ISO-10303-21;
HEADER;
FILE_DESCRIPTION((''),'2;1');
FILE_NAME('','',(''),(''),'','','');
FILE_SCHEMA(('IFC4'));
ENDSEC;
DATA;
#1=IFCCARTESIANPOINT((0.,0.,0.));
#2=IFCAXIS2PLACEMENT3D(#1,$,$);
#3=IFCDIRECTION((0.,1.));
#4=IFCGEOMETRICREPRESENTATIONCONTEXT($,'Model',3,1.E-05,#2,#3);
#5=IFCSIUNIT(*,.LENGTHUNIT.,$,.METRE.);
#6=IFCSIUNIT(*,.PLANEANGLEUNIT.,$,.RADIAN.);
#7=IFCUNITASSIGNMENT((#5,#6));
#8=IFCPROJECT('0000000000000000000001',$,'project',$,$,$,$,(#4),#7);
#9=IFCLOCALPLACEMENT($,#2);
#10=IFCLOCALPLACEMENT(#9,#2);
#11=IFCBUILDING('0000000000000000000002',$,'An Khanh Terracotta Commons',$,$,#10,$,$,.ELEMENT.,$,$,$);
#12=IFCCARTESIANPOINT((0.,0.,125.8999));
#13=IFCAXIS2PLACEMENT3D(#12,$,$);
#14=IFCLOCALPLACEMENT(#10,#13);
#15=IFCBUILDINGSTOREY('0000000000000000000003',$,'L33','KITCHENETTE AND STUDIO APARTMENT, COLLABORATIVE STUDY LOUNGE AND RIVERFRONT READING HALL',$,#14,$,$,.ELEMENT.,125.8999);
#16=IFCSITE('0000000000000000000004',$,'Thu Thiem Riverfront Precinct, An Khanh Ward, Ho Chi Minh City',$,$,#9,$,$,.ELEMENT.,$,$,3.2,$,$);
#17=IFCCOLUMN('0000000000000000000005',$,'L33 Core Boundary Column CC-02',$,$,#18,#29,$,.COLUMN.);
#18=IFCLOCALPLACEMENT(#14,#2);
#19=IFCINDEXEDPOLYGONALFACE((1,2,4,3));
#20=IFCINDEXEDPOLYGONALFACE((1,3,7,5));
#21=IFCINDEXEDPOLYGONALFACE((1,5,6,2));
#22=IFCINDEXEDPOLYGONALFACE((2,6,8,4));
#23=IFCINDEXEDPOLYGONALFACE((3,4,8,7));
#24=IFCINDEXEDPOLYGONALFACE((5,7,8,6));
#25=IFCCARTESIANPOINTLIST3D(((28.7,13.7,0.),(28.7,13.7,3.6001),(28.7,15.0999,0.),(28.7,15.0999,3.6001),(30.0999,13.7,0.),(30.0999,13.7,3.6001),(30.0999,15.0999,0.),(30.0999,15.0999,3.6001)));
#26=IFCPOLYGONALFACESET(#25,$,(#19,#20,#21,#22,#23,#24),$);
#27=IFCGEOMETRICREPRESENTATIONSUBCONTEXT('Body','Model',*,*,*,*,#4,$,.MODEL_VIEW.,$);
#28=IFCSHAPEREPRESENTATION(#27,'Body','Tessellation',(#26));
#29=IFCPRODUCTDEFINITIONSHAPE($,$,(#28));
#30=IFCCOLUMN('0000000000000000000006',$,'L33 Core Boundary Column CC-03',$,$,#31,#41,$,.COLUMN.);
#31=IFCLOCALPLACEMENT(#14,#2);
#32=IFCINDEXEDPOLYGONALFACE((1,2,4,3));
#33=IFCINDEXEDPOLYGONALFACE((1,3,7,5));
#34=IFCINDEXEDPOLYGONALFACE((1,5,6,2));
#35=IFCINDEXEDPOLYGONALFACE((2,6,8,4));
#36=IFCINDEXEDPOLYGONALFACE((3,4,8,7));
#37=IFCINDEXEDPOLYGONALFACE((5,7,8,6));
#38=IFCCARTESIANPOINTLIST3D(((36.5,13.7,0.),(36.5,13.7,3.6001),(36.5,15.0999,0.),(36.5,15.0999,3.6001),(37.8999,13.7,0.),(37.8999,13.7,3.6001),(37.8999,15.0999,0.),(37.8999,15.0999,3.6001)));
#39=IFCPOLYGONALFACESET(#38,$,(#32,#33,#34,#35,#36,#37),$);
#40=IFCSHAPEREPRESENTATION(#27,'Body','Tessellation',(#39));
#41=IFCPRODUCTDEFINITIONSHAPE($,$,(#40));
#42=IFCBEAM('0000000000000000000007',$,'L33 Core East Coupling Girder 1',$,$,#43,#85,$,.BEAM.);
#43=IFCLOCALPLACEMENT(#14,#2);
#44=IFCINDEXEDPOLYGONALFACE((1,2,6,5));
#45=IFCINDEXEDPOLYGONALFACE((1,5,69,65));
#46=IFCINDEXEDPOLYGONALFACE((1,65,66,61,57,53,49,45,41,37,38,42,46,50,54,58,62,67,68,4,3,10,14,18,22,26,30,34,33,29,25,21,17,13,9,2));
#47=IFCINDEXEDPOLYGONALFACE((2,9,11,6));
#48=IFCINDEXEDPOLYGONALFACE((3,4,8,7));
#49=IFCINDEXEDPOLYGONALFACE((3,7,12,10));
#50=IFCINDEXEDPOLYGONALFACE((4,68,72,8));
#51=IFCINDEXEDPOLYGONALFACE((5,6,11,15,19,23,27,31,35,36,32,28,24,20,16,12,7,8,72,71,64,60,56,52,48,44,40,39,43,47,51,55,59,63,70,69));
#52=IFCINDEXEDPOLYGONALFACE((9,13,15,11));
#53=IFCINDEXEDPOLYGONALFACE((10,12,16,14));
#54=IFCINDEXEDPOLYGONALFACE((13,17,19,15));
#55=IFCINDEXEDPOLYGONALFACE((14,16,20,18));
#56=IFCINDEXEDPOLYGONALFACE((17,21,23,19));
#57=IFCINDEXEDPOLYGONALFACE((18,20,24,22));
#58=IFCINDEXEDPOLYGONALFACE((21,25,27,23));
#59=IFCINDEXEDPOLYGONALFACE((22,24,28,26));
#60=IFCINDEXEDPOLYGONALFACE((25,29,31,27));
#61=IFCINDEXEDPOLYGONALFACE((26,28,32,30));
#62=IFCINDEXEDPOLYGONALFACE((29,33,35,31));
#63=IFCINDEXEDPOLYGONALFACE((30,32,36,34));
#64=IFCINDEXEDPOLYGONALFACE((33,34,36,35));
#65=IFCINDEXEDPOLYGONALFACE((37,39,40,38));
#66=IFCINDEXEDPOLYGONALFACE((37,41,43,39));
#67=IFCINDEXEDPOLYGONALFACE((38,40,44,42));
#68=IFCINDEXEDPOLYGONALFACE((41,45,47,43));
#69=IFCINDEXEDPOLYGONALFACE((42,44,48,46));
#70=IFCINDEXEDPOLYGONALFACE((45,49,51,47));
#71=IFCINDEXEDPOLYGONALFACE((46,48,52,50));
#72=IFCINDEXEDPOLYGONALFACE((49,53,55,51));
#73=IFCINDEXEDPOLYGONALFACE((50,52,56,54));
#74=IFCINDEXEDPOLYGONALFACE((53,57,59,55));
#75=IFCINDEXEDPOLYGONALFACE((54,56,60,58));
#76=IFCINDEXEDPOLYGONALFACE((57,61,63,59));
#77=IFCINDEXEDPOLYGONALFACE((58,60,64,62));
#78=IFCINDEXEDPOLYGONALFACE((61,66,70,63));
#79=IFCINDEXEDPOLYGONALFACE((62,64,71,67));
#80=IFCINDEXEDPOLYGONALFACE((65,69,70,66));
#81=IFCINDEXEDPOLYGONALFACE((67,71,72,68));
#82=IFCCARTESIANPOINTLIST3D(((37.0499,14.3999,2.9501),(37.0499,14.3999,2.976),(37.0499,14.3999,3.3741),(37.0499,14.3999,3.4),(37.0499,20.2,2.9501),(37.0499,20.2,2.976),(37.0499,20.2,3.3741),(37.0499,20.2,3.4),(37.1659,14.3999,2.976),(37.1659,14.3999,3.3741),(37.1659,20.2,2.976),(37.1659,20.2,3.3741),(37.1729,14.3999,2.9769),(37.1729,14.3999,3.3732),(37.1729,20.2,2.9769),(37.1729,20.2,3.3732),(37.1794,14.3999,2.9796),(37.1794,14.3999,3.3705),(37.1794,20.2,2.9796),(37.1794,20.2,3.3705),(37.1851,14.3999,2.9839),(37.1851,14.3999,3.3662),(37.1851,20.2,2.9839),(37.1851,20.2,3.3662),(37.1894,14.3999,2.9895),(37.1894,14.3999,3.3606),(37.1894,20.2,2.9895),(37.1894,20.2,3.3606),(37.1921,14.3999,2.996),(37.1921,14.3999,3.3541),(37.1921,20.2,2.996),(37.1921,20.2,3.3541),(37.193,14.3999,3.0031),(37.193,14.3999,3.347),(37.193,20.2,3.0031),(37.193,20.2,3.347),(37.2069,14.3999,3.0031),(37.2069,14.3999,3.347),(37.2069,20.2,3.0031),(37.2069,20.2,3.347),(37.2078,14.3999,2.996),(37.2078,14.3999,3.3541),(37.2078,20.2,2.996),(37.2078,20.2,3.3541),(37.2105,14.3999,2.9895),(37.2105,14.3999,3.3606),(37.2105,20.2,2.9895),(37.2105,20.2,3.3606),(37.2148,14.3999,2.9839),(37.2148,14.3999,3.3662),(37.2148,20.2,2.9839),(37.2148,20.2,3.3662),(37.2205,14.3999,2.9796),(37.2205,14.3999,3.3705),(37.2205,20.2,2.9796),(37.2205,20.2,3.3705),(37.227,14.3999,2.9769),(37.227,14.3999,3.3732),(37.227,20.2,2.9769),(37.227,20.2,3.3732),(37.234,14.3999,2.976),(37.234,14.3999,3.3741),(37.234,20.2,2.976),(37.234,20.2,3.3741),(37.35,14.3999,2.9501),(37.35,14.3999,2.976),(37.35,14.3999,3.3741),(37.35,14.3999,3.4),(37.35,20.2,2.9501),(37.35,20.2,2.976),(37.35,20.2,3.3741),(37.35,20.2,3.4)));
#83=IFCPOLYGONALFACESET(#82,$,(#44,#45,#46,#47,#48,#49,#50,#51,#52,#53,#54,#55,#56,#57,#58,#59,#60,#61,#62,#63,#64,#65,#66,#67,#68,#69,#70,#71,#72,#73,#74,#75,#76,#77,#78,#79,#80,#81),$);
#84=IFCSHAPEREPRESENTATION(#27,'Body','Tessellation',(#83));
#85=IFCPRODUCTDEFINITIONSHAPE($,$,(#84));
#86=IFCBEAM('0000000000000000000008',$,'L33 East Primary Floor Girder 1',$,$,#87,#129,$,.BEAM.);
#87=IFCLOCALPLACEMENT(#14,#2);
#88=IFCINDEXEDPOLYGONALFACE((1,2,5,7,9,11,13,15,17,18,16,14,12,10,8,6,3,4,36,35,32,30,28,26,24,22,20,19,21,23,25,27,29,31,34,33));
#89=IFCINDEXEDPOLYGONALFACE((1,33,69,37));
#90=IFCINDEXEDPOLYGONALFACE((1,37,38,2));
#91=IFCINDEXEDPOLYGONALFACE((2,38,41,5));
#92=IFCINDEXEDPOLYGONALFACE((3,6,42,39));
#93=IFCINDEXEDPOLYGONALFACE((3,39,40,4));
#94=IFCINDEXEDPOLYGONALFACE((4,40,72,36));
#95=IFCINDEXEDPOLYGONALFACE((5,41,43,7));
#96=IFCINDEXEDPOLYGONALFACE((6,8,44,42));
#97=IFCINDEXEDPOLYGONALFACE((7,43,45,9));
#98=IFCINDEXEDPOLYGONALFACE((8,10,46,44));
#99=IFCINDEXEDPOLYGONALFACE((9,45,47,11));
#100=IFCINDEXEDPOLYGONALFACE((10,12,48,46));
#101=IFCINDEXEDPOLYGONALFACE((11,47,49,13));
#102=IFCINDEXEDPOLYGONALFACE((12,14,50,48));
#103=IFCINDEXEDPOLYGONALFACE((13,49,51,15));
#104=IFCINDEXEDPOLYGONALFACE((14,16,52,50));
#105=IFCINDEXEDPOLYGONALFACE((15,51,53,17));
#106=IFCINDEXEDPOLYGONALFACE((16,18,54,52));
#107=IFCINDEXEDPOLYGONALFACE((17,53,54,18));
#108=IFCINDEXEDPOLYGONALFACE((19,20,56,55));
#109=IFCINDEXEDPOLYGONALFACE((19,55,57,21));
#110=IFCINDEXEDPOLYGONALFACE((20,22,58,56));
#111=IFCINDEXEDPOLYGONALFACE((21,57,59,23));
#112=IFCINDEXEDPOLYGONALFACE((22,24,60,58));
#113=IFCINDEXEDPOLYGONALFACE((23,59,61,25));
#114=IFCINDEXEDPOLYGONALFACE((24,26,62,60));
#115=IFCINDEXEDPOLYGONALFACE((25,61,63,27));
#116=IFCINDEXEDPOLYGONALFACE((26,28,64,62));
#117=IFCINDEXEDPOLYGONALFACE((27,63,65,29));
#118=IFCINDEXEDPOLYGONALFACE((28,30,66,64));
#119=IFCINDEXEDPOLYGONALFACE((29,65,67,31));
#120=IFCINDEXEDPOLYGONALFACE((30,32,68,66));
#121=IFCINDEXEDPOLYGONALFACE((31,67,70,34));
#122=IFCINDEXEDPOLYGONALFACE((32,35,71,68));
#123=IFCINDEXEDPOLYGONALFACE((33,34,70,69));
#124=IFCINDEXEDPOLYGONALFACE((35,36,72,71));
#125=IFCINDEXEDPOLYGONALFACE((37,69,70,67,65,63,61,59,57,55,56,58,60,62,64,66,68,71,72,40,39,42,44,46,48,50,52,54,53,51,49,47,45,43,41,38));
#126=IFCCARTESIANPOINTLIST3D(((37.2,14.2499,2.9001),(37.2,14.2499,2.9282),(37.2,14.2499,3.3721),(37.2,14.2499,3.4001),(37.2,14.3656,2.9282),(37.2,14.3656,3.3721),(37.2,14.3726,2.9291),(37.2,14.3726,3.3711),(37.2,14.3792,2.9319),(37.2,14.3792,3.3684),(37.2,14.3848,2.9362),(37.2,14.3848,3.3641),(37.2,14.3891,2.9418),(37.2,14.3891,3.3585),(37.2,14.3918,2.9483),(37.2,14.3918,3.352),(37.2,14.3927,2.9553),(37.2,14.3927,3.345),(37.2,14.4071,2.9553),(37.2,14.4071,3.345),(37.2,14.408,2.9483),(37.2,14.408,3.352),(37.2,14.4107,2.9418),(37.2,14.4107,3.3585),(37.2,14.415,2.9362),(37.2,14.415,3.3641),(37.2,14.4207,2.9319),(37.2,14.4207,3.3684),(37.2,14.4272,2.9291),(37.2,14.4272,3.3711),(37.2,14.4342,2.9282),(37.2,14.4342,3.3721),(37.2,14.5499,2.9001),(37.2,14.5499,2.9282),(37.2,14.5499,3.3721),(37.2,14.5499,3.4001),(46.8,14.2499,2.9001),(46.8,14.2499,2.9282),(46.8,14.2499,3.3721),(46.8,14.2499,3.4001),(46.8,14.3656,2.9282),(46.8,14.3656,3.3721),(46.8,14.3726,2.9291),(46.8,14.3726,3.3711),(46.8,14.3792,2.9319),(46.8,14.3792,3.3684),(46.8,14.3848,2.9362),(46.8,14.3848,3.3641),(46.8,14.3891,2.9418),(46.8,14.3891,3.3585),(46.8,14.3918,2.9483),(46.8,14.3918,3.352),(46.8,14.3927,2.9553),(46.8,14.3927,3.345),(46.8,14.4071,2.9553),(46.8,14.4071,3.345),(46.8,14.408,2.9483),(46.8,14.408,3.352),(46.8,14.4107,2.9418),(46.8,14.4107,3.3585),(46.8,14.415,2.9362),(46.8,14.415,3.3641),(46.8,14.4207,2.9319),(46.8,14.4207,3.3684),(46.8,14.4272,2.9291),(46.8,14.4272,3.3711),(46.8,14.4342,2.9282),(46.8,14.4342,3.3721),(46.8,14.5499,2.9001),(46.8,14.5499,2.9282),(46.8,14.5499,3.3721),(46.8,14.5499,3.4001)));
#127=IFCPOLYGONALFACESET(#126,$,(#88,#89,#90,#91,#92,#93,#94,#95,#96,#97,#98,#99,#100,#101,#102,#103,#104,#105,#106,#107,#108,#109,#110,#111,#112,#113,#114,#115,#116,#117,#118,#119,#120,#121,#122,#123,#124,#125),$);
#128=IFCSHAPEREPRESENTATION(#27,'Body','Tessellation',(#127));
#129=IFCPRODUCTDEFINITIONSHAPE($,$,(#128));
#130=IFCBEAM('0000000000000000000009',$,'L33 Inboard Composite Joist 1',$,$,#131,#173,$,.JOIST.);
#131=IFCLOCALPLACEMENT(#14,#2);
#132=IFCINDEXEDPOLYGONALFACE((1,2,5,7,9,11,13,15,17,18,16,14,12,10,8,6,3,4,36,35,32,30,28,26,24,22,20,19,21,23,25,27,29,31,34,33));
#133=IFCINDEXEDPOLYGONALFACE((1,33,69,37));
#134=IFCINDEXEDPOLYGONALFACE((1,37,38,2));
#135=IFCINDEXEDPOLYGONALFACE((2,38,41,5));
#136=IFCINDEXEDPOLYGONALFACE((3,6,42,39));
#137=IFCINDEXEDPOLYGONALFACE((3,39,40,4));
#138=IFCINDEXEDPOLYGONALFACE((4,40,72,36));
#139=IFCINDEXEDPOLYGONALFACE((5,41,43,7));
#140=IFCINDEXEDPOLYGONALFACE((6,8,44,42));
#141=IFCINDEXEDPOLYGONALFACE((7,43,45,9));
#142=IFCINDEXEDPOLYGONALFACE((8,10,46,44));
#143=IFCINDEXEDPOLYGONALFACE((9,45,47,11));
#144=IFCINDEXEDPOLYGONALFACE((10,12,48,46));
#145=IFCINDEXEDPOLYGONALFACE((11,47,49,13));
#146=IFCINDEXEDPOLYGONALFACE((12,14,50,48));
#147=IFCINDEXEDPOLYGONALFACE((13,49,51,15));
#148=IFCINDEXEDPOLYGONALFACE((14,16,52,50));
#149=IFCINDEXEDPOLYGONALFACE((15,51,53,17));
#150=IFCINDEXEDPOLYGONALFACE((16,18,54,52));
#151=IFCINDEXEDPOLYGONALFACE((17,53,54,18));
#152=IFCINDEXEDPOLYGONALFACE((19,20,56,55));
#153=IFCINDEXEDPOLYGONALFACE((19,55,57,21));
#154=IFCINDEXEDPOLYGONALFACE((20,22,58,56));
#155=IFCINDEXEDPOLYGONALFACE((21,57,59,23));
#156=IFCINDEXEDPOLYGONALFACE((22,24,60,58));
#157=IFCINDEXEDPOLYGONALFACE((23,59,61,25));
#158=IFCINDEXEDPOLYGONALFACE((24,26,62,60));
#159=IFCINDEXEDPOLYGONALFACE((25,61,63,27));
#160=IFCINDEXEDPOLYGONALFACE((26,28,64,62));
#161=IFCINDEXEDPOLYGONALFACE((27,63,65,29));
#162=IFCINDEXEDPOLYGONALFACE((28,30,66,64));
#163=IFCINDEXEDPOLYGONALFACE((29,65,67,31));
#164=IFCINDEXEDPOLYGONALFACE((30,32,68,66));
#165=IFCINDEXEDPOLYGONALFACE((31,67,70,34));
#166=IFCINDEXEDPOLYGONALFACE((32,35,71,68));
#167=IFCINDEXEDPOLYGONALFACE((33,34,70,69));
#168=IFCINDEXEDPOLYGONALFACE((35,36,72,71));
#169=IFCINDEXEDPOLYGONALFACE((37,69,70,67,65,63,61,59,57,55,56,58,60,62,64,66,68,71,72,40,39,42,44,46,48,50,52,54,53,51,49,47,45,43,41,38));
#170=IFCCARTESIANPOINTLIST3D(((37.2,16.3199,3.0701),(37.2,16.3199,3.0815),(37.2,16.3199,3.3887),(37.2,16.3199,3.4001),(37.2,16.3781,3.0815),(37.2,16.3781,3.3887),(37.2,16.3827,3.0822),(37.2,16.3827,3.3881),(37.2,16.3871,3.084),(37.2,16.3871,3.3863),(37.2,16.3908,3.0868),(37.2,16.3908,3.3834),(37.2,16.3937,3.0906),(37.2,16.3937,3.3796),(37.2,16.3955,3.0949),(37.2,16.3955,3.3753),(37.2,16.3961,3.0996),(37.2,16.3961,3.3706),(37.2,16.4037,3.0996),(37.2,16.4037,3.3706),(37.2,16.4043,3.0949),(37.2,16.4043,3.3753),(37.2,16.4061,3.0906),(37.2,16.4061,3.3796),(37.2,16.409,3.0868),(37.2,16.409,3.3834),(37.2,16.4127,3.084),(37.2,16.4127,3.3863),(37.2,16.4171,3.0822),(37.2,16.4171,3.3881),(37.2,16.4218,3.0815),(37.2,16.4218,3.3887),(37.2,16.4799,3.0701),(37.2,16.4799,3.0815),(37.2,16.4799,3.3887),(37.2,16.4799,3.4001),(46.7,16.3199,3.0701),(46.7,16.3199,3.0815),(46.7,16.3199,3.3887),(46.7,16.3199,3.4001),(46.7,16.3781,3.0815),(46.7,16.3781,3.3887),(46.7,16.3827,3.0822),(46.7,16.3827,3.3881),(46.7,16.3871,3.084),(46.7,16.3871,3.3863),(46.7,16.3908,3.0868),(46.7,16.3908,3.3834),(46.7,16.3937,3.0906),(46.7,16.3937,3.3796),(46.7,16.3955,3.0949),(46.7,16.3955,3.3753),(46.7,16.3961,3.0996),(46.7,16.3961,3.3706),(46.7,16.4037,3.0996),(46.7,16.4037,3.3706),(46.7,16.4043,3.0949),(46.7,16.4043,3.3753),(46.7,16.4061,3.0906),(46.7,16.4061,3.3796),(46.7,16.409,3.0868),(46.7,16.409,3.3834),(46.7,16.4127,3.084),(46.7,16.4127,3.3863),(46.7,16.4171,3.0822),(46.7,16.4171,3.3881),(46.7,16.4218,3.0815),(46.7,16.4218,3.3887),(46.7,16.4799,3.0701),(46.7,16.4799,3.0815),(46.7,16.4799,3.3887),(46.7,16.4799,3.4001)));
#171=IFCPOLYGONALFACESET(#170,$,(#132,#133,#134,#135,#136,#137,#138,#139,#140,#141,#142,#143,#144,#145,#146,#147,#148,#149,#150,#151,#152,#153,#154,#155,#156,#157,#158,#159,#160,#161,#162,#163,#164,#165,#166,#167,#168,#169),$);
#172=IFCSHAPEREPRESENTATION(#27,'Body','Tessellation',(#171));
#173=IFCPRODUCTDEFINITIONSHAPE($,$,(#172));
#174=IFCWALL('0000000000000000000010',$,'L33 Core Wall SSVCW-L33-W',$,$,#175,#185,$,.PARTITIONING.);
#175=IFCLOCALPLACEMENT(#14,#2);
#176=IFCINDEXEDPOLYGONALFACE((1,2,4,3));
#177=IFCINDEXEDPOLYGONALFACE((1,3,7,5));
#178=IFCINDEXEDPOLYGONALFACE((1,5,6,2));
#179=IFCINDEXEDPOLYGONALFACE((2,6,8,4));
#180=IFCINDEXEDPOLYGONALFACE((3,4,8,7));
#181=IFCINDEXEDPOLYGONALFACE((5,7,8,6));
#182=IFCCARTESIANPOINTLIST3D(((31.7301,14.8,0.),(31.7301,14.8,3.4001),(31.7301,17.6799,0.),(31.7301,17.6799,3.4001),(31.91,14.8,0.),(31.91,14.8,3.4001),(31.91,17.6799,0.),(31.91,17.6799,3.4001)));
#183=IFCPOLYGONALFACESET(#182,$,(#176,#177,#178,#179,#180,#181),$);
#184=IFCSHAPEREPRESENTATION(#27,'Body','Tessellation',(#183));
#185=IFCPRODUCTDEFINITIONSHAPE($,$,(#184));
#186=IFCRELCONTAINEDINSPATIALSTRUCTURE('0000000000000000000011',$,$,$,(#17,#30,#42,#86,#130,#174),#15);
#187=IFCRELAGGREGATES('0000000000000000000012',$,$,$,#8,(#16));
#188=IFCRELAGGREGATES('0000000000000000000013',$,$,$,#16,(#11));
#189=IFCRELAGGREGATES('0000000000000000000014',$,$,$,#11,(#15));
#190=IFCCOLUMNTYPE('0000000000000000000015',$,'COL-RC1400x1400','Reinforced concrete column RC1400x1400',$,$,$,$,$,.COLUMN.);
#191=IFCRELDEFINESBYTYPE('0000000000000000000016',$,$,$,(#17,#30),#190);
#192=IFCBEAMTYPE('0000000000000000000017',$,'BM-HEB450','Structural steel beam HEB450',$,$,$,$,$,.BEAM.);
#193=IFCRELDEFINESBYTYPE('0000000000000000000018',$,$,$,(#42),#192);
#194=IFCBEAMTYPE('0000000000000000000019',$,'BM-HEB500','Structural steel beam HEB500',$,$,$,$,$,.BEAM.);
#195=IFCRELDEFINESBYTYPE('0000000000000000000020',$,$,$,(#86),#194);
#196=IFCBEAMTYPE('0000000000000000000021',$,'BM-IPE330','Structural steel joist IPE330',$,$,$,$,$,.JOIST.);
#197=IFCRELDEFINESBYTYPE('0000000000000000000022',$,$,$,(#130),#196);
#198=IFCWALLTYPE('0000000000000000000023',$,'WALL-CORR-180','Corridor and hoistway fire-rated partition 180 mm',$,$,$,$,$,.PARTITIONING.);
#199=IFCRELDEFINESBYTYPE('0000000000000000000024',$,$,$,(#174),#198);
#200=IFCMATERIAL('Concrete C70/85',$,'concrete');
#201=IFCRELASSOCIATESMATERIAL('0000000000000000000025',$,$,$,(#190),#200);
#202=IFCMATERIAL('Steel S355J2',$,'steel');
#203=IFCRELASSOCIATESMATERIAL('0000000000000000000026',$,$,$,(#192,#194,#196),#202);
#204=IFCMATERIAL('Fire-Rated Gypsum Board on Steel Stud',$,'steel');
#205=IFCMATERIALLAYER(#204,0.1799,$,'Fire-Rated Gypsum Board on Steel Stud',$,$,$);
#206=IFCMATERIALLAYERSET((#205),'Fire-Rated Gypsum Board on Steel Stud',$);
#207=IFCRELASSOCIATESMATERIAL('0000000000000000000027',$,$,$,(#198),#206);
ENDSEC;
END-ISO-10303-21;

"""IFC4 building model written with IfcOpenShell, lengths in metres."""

from ifc_helpers import new_model, si_unit, direction, frame, frame_2d, origin, origin_2d, place, context, subcontext, project, spatial, rectangle, i_section, extrude, material, layer, layer_set, material_profile, profile_set, type_object, element, save


model = new_model("IFC4")

# Units and contexts
model_context = context("Model", 3, precision=1e-05, world=origin(), true_north=direction((0.0, 1.0)))
body_context = subcontext(model_context, "Body", "Model", "MODEL_VIEW")
ifc_project = project(units=[si_unit("LENGTHUNIT", "METRE"), si_unit("PLANEANGLEUNIT", "RADIAN")], contexts=[model_context])

# Site, building, storey
site_placement = place(None, origin())
site = spatial("IfcSite", under=ifc_project, at=site_placement, Name="Thu Thiem Riverfront Precinct, An Khanh Ward, Ho Chi Minh City", CompositionType="ELEMENT", RefElevation=3.2)
building_placement = place(site_placement, origin())
building = spatial("IfcBuilding", under=site, at=building_placement, Name="An Khanh Terracotta Commons", CompositionType="ELEMENT")
storey_placement = place(building_placement, frame((0.0, 0.0, 125.8999)))
storey = spatial("IfcBuildingStorey", under=building, at=storey_placement, Name="L33", Description="KITCHENETTE AND STUDIO APARTMENT, COLLABORATIVE STUDY LOUNGE AND RIVERFRONT READING HALL", CompositionType="ELEMENT", Elevation=125.8999)

# Columns
ifc_material_1 = material(Name="Concrete C70/85", Category="concrete")
ifc_material_profile_1 = material_profile(ifc_material_1, rectangle(XDim=1.3999, YDim=1.3999, at=origin_2d()), Name="RC1400x1400")
ifc_profile_set_1 = profile_set([ifc_material_profile_1], Name="Concrete C70/85")
column_type = type_object("IfcColumnType", Name="COL-RC1400x1400", Description="Reinforced concrete column RC1400x1400", PredefinedType="COLUMN", material=ifc_profile_set_1)
for number, where, z_axis, x_axis, name in (
    (1, (29.3999, 14.3999, 0.0), (0.0, 0.0, 1.0), (1.0, 0.0, 0.0), "L33 Core Boundary Column CC-02"),
    (2, (37.2, 14.3999, 0.0), (0.0, 0.0, 1.0), (1.0, 0.0, 0.0), "L33 Core Boundary Column CC-03"),
):
    element("IfcColumn", number, at=place(storey_placement, frame(where, z_axis=z_axis, x_axis=x_axis)), inside=storey, type_object=column_type, Name=name, PredefinedType="COLUMN", context=body_context, shape_type="SweptSolid", body=[
        extrude(rectangle(XDim=1.3999, YDim=1.3999, at=origin_2d()), origin(), (0.0, 0.0, 1.0), 3.6001),
    ])

# Beams
ifc_material_2 = material(Name="Steel S355J2", Category="steel")
ifc_material_profile_2 = material_profile(ifc_material_2, i_section(OverallWidth=0.3, OverallDepth=0.45, WebThickness=0.0139, FlangeThickness=0.0259, FilletRadius=0.0271, at=origin_2d()), Name="HEB450")
ifc_profile_set_2 = profile_set([ifc_material_profile_2], Name="Steel S355J2")
beam_type_1 = type_object("IfcBeamType", Name="BM-HEB450", Description="Structural steel beam HEB450", PredefinedType="BEAM", material=ifc_profile_set_2)
beam_1_placement = place(storey_placement, frame((37.2, 14.3999, 3.175), z_axis=(0.0, 1.0, 0.0), x_axis=(-1.0, 0.0, 0.0)))
element("IfcBeam", 3, at=beam_1_placement, inside=storey, type_object=beam_type_1, Name="L33 Core East Coupling Girder 1", PredefinedType="BEAM", context=body_context, shape_type="SweptSolid", body=[
    extrude(i_section(OverallWidth=0.3, OverallDepth=0.45, WebThickness=0.0139, FlangeThickness=0.0259, FilletRadius=0.0271, at=origin_2d()), origin(), (0.0, 0.0, 1.0), 5.8),
])
ifc_material_profile_3 = material_profile(ifc_material_2, i_section(OverallWidth=0.3, OverallDepth=0.5, WebThickness=0.0144, FlangeThickness=0.0281, FilletRadius=0.0271, at=origin_2d()), Name="HEB500")
ifc_profile_set_3 = profile_set([ifc_material_profile_3], Name="Steel S355J2")
beam_type_2 = type_object("IfcBeamType", Name="BM-HEB500", Description="Structural steel beam HEB500", PredefinedType="BEAM", material=ifc_profile_set_3)
beam_2_placement = place(storey_placement, frame((37.2, 14.3999, 3.1501), z_axis=(1.0, 0.0, 0.0), x_axis=(0.0, 1.0, 0.0)))
element("IfcBeam", 4, at=beam_2_placement, inside=storey, type_object=beam_type_2, Name="L33 East Primary Floor Girder 1", PredefinedType="BEAM", context=body_context, shape_type="SweptSolid", body=[
    extrude(i_section(OverallWidth=0.3, OverallDepth=0.5, WebThickness=0.0144, FlangeThickness=0.0281, FilletRadius=0.0271, at=origin_2d()), origin(), (0.0, 0.0, 1.0), 9.6001),
])
ifc_material_profile_4 = material_profile(ifc_material_2, i_section(OverallWidth=0.1599, OverallDepth=0.3301, WebThickness=0.0076, FlangeThickness=0.0115, FilletRadius=0.0181, at=origin_2d()), Name="IPE330")
ifc_profile_set_4 = profile_set([ifc_material_profile_4], Name="Steel S355J2")
beam_type_3 = type_object("IfcBeamType", Name="BM-IPE330", Description="Structural steel joist IPE330", PredefinedType="JOIST", material=ifc_profile_set_4)
beam_3_placement = place(storey_placement, frame((37.2, 16.3999, 3.2351), z_axis=(1.0, 0.0, 0.0), x_axis=(0.0, 1.0, 0.0)))
element("IfcBeam", 5, at=beam_3_placement, inside=storey, type_object=beam_type_3, Name="L33 Inboard Composite Joist 1", PredefinedType="JOIST", context=body_context, shape_type="SweptSolid", body=[
    extrude(i_section(OverallWidth=0.1599, OverallDepth=0.3301, WebThickness=0.0076, FlangeThickness=0.0115, FilletRadius=0.0181, at=origin_2d()), origin(), (0.0, 0.0, 1.0), 9.5),
])

# Wall
ifc_material_3 = material(Name="Fire-Rated Gypsum Board on Steel Stud", Category="steel")
ifc_layer_1 = layer(ifc_material_3, 0.1799, Name="Fire-Rated Gypsum Board on Steel Stud")
ifc_layer_set_1 = layer_set([ifc_layer_1], Name="Fire-Rated Gypsum Board on Steel Stud")
wall_type_1 = type_object("IfcWallType", Name="WALL-CORR-180", Description="Corridor and hoistway fire-rated partition 180 mm", PredefinedType="PARTITIONING", material=ifc_layer_set_1)
wall_1_placement = place(storey_placement, frame((31.8201, 14.8, 0.0), z_axis=(0.0, 0.0, 1.0), x_axis=(0.0, 1.0, 0.0)))
element("IfcWall", 6, at=wall_1_placement, inside=storey, type_object=wall_type_1, Name="L33 Core Wall SSVCW-L33-W", PredefinedType="PARTITIONING", context=body_context, shape_type="SweptSolid", body=[
    extrude(rectangle(XDim=2.8799, YDim=0.1799, at=frame_2d((1.4399, 0.0))), origin(), (0.0, 0.0, 1.0), 3.4001),
])

save(model, "model.ifc")
